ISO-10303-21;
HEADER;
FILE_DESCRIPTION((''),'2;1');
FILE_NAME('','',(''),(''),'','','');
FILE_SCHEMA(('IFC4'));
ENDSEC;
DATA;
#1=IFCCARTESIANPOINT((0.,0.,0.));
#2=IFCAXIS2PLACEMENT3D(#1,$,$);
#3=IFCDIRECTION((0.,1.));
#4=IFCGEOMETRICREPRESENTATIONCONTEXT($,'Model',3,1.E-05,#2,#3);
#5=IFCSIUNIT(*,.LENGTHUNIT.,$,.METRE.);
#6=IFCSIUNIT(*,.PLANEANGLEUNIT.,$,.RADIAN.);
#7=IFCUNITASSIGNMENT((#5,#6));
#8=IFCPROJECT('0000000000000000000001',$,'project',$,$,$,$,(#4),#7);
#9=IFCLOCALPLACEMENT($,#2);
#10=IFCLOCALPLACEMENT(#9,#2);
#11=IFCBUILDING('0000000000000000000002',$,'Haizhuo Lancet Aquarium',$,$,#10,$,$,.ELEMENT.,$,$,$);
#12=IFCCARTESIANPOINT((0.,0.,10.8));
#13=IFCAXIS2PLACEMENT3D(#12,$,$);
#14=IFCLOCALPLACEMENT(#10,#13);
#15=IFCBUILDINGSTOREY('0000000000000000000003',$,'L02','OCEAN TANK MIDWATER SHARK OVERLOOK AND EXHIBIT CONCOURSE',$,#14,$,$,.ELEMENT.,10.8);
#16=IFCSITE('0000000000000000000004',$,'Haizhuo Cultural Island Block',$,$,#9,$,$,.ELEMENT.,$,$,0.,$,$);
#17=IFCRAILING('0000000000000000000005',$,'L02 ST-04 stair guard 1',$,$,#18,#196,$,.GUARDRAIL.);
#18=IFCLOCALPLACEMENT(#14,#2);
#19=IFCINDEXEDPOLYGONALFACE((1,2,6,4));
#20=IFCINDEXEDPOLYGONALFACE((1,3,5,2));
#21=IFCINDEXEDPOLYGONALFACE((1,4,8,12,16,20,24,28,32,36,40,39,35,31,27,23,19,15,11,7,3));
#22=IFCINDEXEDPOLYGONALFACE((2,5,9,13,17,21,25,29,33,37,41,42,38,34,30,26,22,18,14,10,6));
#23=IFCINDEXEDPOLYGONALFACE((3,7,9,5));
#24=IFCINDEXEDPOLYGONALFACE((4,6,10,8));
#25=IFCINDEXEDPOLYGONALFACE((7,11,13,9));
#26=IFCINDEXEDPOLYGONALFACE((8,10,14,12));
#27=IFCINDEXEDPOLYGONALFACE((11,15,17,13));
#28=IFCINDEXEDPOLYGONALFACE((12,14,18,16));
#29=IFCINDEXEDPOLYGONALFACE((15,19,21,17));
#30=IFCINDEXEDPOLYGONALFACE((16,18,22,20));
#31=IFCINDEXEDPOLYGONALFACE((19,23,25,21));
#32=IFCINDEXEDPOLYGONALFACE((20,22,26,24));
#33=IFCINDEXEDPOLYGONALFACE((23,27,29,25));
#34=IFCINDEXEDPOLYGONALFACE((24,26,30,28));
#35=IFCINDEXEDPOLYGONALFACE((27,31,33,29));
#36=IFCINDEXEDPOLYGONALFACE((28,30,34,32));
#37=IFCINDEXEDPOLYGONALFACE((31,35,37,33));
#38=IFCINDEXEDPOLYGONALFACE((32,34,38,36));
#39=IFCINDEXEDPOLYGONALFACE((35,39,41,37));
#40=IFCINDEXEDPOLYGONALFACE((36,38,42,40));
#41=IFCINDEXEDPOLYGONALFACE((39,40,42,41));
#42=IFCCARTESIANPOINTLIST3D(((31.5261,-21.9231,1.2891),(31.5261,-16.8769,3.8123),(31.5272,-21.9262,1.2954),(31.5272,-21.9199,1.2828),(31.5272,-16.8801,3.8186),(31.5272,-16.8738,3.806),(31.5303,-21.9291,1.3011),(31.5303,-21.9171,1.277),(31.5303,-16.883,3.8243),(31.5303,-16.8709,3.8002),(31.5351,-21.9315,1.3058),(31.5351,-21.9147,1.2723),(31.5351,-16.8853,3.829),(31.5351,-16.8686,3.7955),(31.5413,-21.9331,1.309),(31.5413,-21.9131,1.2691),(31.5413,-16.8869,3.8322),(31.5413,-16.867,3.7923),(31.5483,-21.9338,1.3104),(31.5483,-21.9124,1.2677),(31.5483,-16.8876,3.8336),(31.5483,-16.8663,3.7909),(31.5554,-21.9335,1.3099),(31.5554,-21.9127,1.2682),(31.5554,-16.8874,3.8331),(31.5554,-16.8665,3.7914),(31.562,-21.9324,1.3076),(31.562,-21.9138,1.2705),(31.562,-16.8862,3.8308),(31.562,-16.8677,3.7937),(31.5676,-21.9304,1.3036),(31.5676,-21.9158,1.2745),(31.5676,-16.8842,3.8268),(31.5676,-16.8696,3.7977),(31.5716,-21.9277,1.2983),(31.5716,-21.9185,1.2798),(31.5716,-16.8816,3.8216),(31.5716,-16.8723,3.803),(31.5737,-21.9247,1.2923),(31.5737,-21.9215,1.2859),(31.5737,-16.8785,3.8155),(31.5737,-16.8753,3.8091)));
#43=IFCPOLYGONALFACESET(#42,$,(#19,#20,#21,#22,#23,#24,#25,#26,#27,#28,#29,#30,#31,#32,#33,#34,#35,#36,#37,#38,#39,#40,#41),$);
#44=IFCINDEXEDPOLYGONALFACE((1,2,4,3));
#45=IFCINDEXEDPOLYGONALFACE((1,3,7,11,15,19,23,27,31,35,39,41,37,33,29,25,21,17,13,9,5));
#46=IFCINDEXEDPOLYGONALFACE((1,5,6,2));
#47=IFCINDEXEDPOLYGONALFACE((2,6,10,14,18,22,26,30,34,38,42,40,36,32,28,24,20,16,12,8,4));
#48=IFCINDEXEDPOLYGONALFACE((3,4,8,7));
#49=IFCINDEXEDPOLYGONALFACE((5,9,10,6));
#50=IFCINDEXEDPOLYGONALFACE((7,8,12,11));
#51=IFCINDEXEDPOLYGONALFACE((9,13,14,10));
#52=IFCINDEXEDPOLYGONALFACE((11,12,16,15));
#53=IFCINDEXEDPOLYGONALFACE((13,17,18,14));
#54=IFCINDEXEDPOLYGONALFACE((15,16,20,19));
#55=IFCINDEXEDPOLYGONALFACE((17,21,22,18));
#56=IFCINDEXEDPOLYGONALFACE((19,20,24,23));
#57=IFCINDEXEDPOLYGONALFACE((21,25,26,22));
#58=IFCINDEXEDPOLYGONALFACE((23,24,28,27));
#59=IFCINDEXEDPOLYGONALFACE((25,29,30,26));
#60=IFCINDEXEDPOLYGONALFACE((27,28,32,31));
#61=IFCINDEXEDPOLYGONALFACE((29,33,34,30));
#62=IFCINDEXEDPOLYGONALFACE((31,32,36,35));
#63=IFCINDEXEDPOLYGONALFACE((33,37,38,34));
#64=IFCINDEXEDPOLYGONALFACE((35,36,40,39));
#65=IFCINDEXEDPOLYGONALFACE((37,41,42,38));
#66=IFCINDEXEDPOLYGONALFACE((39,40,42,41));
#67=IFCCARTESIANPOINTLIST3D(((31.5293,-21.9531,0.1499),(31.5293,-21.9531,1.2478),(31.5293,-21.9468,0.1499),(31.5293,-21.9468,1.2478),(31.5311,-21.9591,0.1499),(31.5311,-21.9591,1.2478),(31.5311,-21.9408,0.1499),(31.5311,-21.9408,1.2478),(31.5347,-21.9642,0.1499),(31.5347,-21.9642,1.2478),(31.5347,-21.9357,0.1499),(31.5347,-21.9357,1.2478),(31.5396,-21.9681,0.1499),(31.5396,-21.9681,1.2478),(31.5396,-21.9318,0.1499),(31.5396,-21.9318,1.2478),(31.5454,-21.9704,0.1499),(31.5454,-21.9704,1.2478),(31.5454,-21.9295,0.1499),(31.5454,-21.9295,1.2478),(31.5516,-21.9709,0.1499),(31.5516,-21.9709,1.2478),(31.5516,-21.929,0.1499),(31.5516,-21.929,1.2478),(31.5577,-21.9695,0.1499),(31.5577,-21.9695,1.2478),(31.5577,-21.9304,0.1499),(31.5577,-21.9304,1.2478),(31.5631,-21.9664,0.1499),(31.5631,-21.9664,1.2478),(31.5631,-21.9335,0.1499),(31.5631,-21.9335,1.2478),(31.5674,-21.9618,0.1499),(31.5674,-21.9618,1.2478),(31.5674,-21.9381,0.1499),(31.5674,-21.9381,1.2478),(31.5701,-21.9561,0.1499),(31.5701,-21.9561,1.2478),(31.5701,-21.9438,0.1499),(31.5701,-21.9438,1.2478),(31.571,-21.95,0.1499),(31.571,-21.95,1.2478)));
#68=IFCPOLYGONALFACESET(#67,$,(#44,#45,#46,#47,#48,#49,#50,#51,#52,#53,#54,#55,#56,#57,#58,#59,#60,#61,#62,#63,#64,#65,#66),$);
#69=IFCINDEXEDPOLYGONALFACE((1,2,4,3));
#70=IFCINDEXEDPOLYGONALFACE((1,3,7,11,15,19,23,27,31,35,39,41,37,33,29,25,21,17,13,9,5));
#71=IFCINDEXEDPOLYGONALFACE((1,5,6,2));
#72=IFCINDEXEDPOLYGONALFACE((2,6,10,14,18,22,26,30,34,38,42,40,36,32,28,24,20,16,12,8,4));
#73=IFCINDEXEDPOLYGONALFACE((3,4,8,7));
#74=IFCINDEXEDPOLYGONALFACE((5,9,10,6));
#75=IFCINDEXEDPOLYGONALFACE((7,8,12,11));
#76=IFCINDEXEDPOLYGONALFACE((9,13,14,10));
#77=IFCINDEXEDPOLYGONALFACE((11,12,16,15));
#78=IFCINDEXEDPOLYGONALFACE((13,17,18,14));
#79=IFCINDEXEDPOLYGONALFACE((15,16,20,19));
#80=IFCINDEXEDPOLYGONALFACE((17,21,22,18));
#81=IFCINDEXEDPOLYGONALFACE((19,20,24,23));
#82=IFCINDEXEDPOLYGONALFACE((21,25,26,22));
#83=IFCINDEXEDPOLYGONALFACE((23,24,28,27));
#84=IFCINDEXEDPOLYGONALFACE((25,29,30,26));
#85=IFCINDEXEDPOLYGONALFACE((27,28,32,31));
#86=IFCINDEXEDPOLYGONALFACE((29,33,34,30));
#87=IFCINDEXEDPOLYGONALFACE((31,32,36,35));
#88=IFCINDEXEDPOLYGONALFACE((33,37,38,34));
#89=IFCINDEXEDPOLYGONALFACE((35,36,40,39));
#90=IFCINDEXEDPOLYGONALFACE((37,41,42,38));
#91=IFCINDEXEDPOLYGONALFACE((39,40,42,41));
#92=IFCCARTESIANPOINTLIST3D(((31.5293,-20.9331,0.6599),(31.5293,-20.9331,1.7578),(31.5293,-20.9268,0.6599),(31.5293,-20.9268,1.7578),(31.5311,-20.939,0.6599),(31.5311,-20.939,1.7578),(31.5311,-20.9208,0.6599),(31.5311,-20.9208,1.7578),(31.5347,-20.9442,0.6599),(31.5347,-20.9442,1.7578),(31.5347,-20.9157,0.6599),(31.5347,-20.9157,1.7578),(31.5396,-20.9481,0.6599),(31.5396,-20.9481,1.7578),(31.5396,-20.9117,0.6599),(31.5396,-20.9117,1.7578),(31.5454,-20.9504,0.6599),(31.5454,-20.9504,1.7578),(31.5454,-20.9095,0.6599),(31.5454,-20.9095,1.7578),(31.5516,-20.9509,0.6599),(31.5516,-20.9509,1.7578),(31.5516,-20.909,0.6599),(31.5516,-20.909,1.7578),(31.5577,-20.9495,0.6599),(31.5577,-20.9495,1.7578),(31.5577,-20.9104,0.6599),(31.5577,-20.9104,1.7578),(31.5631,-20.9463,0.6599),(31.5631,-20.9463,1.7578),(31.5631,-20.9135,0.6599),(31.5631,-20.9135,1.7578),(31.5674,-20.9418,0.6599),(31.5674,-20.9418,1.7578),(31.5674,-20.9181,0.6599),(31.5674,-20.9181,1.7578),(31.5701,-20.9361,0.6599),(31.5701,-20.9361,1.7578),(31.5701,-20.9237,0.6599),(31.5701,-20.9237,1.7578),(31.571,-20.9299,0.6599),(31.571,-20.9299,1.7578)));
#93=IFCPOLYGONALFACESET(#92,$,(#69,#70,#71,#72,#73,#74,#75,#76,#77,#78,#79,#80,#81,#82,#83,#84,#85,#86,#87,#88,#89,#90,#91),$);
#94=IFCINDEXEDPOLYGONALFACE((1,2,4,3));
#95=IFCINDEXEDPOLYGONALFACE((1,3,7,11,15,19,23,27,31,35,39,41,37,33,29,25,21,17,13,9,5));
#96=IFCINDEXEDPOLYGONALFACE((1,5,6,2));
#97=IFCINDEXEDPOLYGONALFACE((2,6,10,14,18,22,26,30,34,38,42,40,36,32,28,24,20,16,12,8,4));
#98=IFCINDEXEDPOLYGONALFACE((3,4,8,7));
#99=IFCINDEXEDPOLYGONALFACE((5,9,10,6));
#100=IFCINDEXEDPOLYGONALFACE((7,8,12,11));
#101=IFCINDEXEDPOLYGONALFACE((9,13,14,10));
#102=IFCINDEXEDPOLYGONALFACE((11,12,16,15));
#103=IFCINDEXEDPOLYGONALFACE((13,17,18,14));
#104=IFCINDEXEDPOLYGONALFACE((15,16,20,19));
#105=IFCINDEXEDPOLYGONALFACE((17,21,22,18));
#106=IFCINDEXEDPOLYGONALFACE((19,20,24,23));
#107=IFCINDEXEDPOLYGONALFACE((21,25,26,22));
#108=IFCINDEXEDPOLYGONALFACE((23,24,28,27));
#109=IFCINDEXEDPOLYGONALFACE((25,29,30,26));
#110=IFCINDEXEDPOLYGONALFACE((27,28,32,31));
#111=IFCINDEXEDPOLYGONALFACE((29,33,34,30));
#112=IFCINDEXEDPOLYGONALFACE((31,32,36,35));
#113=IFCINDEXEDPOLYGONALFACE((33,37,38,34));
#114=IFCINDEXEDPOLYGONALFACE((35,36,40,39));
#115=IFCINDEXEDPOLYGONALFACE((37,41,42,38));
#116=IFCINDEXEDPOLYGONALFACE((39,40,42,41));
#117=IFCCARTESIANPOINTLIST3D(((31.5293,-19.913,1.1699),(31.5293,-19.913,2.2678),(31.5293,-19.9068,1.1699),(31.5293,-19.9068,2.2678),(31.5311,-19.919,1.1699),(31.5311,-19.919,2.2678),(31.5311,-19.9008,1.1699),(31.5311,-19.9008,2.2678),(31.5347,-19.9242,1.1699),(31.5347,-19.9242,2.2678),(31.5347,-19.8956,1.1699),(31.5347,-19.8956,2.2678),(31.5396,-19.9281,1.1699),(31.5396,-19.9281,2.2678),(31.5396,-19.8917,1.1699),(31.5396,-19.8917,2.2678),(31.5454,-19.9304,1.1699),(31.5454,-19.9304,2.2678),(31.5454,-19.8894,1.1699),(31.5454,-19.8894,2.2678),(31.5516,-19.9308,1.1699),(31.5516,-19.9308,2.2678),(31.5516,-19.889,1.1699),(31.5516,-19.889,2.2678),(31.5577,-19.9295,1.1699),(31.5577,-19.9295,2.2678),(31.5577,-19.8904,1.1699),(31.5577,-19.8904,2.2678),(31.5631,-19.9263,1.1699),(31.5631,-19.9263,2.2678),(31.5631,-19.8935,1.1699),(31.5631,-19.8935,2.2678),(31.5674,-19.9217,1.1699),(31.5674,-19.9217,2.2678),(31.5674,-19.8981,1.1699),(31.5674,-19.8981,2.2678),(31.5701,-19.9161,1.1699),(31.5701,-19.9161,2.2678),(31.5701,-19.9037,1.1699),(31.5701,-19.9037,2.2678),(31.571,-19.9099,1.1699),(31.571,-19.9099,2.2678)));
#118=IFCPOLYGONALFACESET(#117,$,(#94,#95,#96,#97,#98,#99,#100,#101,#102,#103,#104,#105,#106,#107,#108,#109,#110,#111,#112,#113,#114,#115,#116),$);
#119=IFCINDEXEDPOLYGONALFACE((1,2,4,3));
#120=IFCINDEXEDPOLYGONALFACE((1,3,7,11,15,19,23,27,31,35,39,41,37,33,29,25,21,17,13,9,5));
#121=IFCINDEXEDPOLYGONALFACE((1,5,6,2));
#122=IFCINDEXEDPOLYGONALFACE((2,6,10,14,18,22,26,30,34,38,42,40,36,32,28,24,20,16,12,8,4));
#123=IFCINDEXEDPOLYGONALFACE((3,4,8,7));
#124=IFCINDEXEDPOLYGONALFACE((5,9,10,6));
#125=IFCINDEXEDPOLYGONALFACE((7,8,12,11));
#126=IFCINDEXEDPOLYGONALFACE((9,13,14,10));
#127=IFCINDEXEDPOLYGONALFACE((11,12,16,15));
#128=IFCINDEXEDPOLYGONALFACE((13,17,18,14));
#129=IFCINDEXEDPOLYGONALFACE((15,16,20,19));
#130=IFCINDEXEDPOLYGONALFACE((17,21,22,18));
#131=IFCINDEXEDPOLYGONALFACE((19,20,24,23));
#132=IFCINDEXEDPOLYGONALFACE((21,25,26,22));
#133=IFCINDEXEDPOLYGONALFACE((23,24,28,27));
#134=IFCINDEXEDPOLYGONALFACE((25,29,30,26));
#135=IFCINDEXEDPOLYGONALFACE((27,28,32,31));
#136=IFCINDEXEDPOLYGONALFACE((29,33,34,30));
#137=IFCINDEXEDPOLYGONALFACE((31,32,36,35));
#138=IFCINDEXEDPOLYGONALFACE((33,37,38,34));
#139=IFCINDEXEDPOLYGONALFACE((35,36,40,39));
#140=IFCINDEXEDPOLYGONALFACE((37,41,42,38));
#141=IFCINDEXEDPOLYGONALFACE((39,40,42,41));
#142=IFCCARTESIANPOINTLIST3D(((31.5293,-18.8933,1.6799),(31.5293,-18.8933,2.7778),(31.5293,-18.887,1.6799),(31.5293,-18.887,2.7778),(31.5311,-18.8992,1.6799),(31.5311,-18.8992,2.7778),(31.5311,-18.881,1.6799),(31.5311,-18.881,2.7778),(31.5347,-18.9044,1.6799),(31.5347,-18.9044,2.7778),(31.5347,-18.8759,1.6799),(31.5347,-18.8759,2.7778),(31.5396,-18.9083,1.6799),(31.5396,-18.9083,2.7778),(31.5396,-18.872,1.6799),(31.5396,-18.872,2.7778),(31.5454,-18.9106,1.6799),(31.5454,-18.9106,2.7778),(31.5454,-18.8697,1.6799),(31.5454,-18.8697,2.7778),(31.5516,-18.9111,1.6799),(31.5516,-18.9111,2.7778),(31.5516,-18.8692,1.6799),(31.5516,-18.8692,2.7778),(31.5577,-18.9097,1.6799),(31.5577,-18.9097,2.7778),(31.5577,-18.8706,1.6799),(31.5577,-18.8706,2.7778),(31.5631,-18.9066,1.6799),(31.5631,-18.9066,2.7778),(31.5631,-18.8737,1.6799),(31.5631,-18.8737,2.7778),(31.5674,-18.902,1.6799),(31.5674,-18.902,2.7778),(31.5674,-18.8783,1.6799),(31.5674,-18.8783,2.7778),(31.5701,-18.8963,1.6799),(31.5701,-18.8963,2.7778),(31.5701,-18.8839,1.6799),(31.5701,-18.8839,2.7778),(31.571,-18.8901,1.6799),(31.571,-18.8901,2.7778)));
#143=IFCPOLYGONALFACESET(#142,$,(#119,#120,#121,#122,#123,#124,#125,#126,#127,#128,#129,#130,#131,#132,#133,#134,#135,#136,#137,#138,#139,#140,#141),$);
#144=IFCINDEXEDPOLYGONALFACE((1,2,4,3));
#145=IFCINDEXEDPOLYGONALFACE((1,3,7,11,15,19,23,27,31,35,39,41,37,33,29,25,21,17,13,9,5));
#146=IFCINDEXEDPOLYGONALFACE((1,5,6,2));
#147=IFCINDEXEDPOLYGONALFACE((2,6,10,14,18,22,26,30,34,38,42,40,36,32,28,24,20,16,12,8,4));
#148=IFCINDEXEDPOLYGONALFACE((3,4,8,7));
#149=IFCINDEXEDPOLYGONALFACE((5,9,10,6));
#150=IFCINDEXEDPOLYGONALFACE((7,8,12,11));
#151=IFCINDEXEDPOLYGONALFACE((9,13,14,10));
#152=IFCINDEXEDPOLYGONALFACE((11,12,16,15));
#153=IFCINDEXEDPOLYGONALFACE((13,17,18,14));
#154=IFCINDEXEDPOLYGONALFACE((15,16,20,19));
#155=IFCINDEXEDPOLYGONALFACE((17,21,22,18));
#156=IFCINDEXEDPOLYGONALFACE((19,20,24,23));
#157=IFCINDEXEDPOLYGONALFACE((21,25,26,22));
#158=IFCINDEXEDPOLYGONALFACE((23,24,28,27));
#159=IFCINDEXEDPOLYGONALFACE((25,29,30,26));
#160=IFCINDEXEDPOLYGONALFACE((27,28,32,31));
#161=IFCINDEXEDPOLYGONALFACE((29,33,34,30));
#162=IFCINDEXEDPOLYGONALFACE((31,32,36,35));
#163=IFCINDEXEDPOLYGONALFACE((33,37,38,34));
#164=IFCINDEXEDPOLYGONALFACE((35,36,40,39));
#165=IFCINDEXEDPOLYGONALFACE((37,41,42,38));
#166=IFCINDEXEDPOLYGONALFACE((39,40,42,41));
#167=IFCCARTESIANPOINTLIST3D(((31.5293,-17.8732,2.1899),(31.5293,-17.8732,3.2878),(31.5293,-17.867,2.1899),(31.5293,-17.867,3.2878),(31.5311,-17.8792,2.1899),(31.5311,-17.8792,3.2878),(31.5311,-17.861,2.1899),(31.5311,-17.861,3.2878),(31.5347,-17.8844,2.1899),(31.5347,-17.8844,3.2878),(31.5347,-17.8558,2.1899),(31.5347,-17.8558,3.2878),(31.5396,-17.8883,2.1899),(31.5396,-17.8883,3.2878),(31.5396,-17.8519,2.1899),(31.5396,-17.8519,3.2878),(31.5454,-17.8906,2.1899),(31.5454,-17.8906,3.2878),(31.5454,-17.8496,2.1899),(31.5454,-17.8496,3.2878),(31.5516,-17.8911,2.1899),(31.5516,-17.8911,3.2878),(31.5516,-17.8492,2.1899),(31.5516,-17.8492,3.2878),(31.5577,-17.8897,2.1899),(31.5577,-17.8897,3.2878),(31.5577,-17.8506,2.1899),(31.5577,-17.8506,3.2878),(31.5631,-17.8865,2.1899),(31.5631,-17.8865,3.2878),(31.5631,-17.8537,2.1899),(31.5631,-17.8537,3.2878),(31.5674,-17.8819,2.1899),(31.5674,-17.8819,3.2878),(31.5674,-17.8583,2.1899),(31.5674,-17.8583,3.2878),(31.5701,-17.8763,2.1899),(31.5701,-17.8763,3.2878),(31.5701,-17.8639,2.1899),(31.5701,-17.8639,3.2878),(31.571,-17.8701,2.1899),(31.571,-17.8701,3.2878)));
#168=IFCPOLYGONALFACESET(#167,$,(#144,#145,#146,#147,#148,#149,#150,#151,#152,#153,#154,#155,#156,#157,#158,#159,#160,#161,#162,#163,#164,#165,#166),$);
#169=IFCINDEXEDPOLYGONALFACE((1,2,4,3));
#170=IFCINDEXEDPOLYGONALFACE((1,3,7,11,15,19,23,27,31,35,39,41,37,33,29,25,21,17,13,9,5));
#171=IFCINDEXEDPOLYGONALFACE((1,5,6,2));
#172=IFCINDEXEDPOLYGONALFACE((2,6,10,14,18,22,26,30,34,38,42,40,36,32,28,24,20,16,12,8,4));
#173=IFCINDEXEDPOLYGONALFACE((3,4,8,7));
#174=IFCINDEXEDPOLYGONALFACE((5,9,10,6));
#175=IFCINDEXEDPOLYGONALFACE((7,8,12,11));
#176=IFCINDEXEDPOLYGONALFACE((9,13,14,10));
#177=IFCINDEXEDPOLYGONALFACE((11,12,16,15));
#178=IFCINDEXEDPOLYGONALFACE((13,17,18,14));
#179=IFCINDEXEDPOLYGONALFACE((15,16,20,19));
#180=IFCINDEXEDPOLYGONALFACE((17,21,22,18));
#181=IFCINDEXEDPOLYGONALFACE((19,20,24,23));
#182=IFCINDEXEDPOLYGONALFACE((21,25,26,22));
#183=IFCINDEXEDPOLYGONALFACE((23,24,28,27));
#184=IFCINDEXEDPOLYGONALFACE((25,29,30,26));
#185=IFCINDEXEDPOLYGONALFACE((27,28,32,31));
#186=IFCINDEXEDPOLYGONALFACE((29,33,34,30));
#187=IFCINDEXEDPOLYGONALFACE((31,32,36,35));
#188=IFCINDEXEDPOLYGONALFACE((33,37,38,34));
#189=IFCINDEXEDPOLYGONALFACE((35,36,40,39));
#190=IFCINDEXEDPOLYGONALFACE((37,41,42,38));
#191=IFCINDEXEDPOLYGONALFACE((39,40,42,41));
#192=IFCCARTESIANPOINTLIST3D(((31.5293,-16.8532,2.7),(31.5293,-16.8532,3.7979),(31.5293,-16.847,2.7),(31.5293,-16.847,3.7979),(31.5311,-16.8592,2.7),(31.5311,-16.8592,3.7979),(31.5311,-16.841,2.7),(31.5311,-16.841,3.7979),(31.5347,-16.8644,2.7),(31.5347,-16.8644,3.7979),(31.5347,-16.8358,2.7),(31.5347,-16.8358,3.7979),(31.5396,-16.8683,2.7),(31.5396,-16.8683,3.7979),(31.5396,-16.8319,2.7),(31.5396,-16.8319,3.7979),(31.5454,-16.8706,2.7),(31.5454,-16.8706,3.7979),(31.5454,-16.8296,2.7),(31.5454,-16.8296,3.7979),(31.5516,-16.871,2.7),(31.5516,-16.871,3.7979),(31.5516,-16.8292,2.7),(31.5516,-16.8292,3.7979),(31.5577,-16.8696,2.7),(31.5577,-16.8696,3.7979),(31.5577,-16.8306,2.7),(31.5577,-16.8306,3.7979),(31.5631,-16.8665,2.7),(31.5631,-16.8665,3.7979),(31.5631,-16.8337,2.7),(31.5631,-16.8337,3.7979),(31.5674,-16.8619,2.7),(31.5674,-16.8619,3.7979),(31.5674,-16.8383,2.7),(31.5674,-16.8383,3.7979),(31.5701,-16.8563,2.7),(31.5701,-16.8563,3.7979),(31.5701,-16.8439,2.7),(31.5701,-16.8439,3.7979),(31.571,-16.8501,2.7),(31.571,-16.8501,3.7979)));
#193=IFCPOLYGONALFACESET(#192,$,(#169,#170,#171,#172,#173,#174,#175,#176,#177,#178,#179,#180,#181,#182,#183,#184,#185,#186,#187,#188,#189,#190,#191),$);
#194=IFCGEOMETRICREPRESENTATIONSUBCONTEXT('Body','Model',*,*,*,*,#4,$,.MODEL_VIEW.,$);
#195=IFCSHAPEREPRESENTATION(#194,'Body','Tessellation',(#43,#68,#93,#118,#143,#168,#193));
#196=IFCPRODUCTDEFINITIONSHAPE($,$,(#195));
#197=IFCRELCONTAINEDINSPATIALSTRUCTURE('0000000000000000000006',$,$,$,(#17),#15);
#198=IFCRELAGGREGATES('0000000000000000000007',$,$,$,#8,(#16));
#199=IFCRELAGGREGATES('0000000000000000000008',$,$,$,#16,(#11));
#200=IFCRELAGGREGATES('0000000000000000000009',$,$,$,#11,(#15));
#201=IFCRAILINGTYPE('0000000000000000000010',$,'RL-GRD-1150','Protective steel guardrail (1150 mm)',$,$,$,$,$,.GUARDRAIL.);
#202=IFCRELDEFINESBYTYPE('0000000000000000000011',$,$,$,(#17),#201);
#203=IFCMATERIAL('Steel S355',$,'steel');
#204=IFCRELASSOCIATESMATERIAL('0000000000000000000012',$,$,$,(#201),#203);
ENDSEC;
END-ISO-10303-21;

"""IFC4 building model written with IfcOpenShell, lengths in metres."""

from ifc_helpers import new_model, si_unit, direction, frame, origin, origin_2d, place, context, subcontext, project, spatial, circle, extrude, material, type_object, element, save


model = new_model("IFC4")

# Units and contexts
model_context = context("Model", 3, precision=1e-05, world=origin(), true_north=direction((0.0, 1.0)))
body_context = subcontext(model_context, "Body", "Model", "MODEL_VIEW")
ifc_project = project(units=[si_unit("LENGTHUNIT", "METRE"), si_unit("PLANEANGLEUNIT", "RADIAN")], contexts=[model_context])

# Site, building, storey
site_placement = place(None, origin())
site = spatial("IfcSite", under=ifc_project, at=site_placement, Name="Haizhuo Cultural Island Block", CompositionType="ELEMENT", RefElevation=0.0)
building_placement = place(site_placement, origin())
building = spatial("IfcBuilding", under=site, at=building_placement, Name="Haizhuo Lancet Aquarium", CompositionType="ELEMENT")
storey_placement = place(building_placement, frame((0.0, 0.0, 10.8)))
storey = spatial("IfcBuildingStorey", under=building, at=storey_placement, Name="L02", Description="OCEAN TANK MIDWATER SHARK OVERLOOK AND EXHIBIT CONCOURSE", CompositionType="ELEMENT", Elevation=10.8)

# Shared definitions
ifc_material_1 = material(Name="Steel S355", Category="steel")

# Railing
railing_type_1 = type_object("IfcRailingType", Name="RL-GRD-1150", Description="Protective steel guardrail (1150 mm)", PredefinedType="GUARDRAIL", material=ifc_material_1)
railing_1_placement = place(storey_placement, frame((31.55, -21.95, 0.1499)))
element("IfcRailing", 1, at=railing_1_placement, inside=storey, type_object=railing_type_1, Name="L02 ST-04 stair guard 1", PredefinedType="GUARDRAIL", context=body_context, shape_type="SweptSolid", body=[
    extrude(circle(Radius=0.0239, at=origin_2d()), frame((0.0, 0.0269, 1.1392), z_axis=(0.0, 0.894419, 0.447231), x_axis=(-1.0, 0.0, 0.0)), (0.0, 0.0, 1.0), 5.6418),
    extrude(circle(Radius=0.021, at=origin_2d()), origin(), (0.0, 0.0, 1.0), 1.0979),
    extrude(circle(Radius=0.021, at=origin_2d()), frame((0.0, 1.02, 0.51)), (0.0, 0.0, 1.0), 1.0979),
    extrude(circle(Radius=0.021, at=origin_2d()), frame((0.0, 2.04, 1.02)), (0.0, 0.0, 1.0), 1.0979),
    extrude(circle(Radius=0.021, at=origin_2d()), frame((0.0, 3.0598, 1.53)), (0.0, 0.0, 1.0), 1.0979),
    extrude(circle(Radius=0.021, at=origin_2d()), frame((0.0, 4.0798, 2.04)), (0.0, 0.0, 1.0), 1.0979),
    extrude(circle(Radius=0.021, at=origin_2d()), frame((0.0, 5.0999, 2.55)), (0.0, 0.0, 1.0), 1.0979),
])

save(model, "model.ifc")
